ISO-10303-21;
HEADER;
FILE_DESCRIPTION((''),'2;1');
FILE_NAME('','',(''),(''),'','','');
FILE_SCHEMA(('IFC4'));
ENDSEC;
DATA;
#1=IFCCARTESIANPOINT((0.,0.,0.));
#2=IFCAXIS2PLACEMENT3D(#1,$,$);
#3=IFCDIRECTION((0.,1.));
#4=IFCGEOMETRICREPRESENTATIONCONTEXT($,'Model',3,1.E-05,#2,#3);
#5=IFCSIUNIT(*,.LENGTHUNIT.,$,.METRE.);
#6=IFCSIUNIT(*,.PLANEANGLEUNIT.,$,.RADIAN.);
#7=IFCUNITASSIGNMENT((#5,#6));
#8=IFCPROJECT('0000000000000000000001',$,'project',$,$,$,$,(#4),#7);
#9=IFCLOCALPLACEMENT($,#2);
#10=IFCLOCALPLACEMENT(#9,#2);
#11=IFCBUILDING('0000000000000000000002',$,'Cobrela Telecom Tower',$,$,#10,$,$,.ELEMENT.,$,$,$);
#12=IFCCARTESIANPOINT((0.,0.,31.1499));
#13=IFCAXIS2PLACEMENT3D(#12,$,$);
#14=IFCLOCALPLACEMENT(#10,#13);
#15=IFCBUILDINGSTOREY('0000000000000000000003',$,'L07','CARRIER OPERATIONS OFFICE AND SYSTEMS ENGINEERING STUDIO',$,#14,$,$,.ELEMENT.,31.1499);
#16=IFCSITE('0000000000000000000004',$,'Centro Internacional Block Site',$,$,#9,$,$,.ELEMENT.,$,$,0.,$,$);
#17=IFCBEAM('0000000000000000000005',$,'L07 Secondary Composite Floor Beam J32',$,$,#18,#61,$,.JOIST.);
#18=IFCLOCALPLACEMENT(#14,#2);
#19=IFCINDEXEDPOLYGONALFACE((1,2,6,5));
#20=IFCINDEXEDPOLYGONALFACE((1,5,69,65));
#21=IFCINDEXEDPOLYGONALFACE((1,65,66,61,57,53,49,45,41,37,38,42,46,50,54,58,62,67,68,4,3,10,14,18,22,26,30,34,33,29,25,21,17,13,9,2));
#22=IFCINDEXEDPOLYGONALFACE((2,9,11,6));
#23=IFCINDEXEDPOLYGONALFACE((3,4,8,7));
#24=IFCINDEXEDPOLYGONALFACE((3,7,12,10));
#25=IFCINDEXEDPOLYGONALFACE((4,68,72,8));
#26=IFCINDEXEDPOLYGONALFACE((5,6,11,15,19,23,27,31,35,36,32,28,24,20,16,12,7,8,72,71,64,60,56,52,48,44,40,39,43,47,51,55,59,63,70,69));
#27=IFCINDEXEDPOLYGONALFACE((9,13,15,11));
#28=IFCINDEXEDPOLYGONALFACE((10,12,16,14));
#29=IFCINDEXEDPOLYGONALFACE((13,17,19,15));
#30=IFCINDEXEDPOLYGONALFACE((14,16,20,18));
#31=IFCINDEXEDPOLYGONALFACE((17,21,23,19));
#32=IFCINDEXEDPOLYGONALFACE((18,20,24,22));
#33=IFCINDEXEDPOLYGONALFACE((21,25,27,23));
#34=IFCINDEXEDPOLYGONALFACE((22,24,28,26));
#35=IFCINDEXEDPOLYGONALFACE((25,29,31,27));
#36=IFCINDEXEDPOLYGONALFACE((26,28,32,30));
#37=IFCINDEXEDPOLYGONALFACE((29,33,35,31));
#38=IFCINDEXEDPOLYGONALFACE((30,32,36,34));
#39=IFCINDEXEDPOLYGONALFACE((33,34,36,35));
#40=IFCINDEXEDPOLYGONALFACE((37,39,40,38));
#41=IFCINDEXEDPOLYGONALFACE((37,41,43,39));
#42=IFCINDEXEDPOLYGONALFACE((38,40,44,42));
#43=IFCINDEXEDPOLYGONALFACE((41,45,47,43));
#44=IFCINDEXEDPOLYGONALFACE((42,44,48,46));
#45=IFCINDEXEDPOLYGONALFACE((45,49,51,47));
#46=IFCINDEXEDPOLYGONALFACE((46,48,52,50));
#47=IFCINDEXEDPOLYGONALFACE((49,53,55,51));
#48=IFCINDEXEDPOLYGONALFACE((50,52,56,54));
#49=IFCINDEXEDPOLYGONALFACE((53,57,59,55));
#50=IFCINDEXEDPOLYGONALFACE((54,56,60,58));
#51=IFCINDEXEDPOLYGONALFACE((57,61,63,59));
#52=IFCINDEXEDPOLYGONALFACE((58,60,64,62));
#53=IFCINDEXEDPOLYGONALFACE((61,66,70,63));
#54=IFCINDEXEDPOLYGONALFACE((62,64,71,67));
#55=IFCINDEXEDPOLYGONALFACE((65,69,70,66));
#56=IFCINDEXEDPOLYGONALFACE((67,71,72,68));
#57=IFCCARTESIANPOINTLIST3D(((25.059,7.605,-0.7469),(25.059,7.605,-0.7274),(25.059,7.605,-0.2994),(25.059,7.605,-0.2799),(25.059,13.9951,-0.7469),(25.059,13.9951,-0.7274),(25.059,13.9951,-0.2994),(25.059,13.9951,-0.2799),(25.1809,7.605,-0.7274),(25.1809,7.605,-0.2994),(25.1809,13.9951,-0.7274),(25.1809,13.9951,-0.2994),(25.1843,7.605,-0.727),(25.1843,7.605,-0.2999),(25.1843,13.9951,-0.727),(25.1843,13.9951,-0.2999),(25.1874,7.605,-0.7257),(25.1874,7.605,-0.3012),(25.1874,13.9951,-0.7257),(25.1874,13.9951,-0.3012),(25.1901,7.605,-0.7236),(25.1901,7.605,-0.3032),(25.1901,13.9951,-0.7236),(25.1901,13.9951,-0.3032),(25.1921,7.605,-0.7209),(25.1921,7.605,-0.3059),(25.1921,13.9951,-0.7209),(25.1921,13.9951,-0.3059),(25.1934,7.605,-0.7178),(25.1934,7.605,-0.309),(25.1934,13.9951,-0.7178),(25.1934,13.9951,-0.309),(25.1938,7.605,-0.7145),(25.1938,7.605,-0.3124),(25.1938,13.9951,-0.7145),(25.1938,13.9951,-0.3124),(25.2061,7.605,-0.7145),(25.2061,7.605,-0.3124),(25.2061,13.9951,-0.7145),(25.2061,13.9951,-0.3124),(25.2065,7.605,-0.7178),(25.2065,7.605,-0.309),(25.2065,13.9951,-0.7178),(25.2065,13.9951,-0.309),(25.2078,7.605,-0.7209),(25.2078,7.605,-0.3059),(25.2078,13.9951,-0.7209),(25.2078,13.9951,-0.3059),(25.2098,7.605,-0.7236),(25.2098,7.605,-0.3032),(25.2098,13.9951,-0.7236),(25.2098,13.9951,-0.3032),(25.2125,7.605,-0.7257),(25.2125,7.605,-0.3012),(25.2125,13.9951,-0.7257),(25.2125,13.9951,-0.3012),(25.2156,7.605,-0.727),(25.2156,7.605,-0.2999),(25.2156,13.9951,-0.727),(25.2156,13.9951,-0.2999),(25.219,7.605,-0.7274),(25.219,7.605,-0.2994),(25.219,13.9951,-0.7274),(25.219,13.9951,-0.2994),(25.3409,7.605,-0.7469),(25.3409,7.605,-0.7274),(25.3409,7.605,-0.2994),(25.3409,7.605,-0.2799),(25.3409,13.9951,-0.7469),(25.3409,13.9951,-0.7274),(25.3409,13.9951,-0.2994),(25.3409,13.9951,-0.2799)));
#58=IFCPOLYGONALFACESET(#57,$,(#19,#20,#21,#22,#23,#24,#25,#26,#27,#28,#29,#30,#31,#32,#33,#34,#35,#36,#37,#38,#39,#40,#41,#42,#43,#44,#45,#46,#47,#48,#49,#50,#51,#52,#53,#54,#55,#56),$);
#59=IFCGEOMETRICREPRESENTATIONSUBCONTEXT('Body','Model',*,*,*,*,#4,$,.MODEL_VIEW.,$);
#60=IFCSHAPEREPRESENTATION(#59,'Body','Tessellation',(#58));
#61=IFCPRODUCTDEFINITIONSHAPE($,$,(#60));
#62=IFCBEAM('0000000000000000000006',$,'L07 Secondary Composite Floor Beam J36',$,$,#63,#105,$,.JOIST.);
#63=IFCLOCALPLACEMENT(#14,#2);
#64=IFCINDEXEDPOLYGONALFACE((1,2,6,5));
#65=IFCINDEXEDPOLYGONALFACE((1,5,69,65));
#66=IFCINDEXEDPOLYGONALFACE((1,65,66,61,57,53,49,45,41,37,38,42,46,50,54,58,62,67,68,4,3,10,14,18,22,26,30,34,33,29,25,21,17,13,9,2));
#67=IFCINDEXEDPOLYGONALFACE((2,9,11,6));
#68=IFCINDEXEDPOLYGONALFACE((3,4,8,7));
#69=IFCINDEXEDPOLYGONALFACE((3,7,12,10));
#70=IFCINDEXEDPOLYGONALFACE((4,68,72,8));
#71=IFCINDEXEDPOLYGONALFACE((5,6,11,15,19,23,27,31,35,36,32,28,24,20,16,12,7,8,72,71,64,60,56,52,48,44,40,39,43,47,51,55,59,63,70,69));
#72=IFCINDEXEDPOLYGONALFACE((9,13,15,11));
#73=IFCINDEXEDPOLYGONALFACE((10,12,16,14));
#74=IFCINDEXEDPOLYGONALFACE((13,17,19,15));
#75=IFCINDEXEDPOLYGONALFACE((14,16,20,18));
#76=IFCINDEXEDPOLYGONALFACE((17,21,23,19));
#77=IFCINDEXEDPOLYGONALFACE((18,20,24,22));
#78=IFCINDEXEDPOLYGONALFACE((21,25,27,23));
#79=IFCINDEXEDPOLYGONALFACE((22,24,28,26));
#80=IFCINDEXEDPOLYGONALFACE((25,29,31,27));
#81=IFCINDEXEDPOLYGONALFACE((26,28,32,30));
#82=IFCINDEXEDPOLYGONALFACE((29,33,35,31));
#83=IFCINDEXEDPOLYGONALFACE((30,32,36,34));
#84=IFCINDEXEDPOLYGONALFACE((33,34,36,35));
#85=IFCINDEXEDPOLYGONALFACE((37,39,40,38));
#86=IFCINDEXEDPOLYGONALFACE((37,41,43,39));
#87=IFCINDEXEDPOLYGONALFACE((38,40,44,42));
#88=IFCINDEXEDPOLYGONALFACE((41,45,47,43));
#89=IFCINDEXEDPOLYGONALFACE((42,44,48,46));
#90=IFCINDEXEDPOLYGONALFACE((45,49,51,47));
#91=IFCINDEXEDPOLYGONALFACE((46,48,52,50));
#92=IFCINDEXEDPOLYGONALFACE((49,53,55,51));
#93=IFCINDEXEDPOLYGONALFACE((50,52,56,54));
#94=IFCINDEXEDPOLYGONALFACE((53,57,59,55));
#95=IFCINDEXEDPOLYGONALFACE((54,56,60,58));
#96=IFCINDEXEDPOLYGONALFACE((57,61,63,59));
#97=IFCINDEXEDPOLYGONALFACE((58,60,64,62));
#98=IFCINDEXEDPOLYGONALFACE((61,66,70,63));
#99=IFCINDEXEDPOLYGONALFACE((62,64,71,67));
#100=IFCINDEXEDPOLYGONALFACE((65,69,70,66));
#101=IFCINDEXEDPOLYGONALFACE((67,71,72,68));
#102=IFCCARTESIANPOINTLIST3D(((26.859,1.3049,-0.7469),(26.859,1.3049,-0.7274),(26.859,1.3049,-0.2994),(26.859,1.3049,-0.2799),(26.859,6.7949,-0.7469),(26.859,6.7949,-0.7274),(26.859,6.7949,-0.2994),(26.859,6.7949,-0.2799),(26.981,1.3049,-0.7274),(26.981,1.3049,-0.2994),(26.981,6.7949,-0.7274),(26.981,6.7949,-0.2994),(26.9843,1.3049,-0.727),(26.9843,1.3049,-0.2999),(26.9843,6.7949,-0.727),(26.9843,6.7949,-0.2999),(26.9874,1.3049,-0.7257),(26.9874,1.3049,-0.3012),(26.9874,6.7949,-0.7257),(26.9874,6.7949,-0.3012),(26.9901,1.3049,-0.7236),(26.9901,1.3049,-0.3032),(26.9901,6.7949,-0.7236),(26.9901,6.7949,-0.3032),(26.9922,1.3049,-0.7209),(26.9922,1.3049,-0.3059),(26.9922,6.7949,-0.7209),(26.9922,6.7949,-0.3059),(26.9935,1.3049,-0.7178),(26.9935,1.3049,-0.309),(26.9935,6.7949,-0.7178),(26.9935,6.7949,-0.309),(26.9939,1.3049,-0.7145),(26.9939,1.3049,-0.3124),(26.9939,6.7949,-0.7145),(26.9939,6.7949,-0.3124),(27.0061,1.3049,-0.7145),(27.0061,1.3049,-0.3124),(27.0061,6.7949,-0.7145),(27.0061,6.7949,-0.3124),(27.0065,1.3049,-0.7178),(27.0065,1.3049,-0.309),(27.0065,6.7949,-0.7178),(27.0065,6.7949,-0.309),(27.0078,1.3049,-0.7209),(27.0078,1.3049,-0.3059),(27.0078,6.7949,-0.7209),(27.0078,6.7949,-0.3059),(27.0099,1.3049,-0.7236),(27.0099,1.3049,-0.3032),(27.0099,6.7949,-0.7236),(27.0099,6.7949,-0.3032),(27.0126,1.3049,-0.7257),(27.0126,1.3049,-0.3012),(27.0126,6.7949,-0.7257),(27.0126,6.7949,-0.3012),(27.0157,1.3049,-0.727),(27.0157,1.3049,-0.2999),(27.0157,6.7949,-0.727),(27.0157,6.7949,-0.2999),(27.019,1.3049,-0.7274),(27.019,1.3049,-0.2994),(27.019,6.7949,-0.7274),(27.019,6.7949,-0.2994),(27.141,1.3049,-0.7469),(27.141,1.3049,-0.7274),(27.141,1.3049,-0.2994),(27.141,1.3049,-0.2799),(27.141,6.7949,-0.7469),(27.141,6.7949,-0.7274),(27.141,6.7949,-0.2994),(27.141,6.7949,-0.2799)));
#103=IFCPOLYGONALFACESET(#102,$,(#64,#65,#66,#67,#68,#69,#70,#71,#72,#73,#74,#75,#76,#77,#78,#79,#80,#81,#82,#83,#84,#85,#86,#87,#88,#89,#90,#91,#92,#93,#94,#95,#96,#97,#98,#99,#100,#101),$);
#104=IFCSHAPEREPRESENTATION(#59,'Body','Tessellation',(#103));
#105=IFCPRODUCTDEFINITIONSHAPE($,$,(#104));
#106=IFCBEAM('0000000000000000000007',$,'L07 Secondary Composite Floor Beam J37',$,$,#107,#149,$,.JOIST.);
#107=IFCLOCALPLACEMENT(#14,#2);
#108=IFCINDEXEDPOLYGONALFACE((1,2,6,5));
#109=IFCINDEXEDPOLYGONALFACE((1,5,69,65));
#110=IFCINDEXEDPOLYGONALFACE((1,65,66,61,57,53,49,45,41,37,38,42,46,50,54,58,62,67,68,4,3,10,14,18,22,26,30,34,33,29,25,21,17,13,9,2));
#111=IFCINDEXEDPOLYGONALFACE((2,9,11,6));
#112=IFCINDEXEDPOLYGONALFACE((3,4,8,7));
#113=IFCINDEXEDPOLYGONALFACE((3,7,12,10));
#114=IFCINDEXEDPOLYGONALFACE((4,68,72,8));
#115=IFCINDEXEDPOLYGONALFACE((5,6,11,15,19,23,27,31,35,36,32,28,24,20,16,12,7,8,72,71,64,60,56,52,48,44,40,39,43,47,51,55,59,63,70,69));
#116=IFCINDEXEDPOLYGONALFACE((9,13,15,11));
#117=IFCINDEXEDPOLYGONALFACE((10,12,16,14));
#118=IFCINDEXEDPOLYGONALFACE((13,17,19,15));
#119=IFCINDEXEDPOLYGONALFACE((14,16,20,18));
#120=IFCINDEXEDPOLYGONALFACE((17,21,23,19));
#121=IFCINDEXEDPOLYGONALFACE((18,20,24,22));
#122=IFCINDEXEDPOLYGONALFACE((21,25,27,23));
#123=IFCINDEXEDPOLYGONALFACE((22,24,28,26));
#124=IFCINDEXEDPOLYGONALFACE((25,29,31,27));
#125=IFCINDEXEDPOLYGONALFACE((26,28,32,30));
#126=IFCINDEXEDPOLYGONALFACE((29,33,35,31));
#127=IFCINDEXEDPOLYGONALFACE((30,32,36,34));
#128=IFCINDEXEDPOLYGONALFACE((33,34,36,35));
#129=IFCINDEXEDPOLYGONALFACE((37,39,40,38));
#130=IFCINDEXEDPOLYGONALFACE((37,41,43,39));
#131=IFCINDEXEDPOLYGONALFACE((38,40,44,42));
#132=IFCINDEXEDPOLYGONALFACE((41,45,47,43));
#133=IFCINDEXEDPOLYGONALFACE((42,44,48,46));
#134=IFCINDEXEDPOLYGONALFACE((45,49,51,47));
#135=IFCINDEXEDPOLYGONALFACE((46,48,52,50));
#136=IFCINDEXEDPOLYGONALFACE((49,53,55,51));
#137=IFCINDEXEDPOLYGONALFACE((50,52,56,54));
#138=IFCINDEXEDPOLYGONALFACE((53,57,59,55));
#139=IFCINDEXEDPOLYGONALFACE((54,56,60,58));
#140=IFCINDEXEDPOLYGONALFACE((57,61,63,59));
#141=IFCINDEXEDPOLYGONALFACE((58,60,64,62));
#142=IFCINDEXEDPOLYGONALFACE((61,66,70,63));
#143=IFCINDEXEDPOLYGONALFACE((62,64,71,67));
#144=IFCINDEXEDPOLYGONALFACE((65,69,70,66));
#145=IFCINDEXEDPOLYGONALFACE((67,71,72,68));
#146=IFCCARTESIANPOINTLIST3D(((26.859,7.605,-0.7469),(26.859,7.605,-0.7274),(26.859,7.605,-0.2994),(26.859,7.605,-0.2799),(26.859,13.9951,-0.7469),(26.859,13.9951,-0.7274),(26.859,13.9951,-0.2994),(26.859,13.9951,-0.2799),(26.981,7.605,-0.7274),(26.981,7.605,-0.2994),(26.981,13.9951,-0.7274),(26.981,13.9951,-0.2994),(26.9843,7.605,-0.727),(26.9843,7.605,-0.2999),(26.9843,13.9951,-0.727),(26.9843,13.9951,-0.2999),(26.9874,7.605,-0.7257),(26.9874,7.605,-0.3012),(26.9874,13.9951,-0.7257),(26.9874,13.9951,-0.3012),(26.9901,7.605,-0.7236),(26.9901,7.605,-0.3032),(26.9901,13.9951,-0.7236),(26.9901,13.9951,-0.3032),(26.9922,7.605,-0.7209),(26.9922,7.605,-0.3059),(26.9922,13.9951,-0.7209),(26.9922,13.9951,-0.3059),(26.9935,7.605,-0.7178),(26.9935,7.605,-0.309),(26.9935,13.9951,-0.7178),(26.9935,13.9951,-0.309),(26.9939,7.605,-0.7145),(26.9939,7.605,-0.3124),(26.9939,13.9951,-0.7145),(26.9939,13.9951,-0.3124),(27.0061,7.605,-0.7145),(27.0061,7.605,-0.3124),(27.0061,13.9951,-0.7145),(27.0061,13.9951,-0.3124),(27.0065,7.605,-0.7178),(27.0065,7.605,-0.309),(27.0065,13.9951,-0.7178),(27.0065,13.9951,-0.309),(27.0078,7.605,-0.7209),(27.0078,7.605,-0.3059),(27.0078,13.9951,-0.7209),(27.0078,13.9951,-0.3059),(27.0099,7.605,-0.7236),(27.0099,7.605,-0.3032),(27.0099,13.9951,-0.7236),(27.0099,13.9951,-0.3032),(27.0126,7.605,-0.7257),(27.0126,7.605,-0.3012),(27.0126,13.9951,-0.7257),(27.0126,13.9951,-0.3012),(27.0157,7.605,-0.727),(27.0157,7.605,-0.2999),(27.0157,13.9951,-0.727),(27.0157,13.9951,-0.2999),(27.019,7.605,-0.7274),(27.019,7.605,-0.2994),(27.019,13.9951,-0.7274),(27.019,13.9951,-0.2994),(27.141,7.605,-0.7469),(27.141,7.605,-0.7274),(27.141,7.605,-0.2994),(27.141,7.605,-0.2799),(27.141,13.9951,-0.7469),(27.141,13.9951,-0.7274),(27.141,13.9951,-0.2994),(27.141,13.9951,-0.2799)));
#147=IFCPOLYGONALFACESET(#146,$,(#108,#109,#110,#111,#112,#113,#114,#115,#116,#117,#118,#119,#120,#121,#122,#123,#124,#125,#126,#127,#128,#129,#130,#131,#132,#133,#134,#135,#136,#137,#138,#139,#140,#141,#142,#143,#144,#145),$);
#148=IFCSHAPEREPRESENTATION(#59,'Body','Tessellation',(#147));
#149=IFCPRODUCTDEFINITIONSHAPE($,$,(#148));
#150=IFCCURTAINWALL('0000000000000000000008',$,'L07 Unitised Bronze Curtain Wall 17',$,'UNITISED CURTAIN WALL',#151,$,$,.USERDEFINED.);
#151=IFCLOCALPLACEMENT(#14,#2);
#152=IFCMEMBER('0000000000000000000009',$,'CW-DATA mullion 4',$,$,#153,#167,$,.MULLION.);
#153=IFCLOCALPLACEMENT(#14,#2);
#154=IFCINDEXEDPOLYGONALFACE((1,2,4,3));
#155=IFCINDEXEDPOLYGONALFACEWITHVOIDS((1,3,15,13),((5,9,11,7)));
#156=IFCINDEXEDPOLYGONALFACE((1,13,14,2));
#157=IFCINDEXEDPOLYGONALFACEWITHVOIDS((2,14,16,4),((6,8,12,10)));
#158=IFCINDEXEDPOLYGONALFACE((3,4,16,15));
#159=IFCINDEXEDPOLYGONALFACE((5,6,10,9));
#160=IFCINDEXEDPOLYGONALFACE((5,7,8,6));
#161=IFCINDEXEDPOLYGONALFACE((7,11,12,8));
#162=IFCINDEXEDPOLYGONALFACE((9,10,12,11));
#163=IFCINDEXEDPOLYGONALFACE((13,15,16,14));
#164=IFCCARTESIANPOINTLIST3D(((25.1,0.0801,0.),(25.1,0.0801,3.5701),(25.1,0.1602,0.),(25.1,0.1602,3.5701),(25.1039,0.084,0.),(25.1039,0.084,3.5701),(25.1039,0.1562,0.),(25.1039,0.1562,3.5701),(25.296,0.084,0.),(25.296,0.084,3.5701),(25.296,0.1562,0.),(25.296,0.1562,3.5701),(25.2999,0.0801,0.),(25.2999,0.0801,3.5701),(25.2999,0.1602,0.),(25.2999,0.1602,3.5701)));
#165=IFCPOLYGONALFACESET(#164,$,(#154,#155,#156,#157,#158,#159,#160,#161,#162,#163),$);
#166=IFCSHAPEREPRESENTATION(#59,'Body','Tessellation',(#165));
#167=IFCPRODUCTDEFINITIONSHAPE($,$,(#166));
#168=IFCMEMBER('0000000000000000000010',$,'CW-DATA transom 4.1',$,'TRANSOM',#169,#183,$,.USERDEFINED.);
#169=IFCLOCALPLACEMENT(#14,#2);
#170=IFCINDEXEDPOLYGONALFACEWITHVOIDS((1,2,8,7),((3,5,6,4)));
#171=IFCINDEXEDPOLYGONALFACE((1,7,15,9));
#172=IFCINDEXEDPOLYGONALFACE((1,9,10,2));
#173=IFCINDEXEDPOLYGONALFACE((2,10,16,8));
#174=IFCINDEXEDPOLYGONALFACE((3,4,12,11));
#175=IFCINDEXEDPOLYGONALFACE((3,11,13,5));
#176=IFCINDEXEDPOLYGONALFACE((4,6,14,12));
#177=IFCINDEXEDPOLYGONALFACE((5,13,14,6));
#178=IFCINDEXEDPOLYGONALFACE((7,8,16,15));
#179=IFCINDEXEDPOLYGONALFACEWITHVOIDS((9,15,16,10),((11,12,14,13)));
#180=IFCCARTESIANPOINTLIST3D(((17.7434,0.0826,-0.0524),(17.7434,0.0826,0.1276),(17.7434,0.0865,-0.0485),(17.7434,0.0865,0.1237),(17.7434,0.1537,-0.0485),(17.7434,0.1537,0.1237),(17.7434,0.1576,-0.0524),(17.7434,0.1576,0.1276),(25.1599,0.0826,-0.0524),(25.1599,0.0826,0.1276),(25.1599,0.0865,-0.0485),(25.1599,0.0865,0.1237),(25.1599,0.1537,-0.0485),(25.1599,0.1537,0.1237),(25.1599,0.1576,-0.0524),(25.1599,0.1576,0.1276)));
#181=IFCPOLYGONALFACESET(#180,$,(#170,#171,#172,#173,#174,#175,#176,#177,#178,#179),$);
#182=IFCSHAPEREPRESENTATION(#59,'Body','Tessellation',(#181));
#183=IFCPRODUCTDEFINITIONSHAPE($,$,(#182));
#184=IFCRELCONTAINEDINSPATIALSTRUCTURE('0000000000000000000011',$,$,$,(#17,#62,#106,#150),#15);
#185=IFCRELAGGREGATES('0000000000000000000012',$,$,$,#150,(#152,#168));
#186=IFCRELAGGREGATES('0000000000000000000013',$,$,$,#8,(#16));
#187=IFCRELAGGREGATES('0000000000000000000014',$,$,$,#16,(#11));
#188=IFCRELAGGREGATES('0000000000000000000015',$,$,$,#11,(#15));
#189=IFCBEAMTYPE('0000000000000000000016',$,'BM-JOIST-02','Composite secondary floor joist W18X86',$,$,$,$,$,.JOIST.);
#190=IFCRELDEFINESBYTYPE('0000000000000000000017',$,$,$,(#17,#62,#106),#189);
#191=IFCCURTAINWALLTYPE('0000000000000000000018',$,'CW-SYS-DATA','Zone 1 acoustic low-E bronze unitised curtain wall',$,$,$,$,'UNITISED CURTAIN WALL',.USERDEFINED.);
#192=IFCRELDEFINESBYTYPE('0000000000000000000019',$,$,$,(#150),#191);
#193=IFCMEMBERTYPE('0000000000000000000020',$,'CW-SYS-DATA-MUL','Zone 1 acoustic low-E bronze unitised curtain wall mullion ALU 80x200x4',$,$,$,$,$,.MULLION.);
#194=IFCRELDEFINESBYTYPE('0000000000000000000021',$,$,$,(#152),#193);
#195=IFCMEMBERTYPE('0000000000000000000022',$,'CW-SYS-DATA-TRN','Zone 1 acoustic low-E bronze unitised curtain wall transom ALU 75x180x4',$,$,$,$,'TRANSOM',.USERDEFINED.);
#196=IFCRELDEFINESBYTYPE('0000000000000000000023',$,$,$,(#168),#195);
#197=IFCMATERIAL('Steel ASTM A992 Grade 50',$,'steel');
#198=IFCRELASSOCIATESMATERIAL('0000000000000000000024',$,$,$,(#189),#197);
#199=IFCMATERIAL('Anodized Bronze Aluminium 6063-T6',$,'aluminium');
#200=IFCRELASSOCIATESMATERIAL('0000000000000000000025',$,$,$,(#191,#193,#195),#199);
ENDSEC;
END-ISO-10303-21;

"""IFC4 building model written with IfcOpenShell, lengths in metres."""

from ifc_helpers import new_model, si_unit, direction, frame, origin, origin_2d, place, context, subcontext, project, spatial, hollow_rectangle, i_section, extrude, material, material_profile, profile_set, type_object, element, aggregate, save


model = new_model("IFC4")

# Units and contexts
model_context = context("Model", 3, precision=1e-05, world=origin(), true_north=direction((0.0, 1.0)))
body_context = subcontext(model_context, "Body", "Model", "MODEL_VIEW")
ifc_project = project(units=[si_unit("LENGTHUNIT", "METRE"), si_unit("PLANEANGLEUNIT", "RADIAN")], contexts=[model_context])

# Site, building, storey
site_placement = place(None, origin())
site = spatial("IfcSite", under=ifc_project, at=site_placement, Name="Centro Internacional Block Site", CompositionType="ELEMENT", RefElevation=0.0)
building_placement = place(site_placement, origin())
building = spatial("IfcBuilding", under=site, at=building_placement, Name="Cobrela Telecom Tower", CompositionType="ELEMENT")
storey_placement = place(building_placement, frame((0.0, 0.0, 31.1499)))
storey = spatial("IfcBuildingStorey", under=building, at=storey_placement, Name="L07", Description="CARRIER OPERATIONS OFFICE AND SYSTEMS ENGINEERING STUDIO", CompositionType="ELEMENT", Elevation=31.1499)

# Shared definitions
ifc_material_1 = material(Name="Steel ASTM A992 Grade 50", Category="steel")

# Beams
ifc_material_profile_1 = material_profile(ifc_material_1, i_section(OverallWidth=0.282, OverallDepth=0.467, WebThickness=0.0122, FlangeThickness=0.0195, FilletRadius=0.0129, at=origin_2d()), Name="W18X86")
ifc_profile_set_1 = profile_set([ifc_material_profile_1], Name="Steel ASTM A992 Grade 50")
beam_type = type_object("IfcBeamType", Name="BM-JOIST-02", Description="Composite secondary floor joist W18X86", PredefinedType="JOIST", material=ifc_profile_set_1)
beam_1_placement = place(storey_placement, frame((25.2, 7.605, -0.5134), z_axis=(0.0, 1.0, 0.0), x_axis=(-1.0, 0.0, 0.0)))
element("IfcBeam", 1, at=beam_1_placement, inside=storey, type_object=beam_type, Name="L07 Secondary Composite Floor Beam J32", PredefinedType="JOIST", context=body_context, shape_type="SweptSolid", body=[
    extrude(i_section(OverallWidth=0.282, OverallDepth=0.467, WebThickness=0.0122, FlangeThickness=0.0195, FilletRadius=0.0129, at=origin_2d()), origin(), (0.0, 0.0, 1.0), 6.3901),
])
beam_2_placement = place(storey_placement, frame((27.0, 1.3049, -0.5134), z_axis=(0.0, 1.0, 0.0), x_axis=(-1.0, 0.0, 0.0)))
element("IfcBeam", 2, at=beam_2_placement, inside=storey, type_object=beam_type, Name="L07 Secondary Composite Floor Beam J36", PredefinedType="JOIST", context=body_context, shape_type="SweptSolid", body=[
    extrude(i_section(OverallWidth=0.282, OverallDepth=0.467, WebThickness=0.0122, FlangeThickness=0.0195, FilletRadius=0.0129, at=origin_2d()), origin(), (0.0, 0.0, 1.0), 5.49),
])
beam_3_placement = place(storey_placement, frame((27.0, 7.605, -0.5134), z_axis=(0.0, 1.0, 0.0), x_axis=(-1.0, 0.0, 0.0)))
element("IfcBeam", 3, at=beam_3_placement, inside=storey, type_object=beam_type, Name="L07 Secondary Composite Floor Beam J37", PredefinedType="JOIST", context=body_context, shape_type="SweptSolid", body=[
    extrude(i_section(OverallWidth=0.282, OverallDepth=0.467, WebThickness=0.0122, FlangeThickness=0.0195, FilletRadius=0.0129, at=origin_2d()), origin(), (0.0, 0.0, 1.0), 6.3901),
])

# Curtain wall, members
ifc_material_2 = material(Name="Anodized Bronze Aluminium 6063-T6", Category="aluminium")
curtain_wall_type = type_object("IfcCurtainWallType", Name="CW-SYS-DATA", Description="Zone 1 acoustic low-E bronze unitised curtain wall", ElementType="UNITISED CURTAIN WALL", PredefinedType="USERDEFINED", material=ifc_material_2)
curtain_wall_placement = place(storey_placement, origin())
curtain_wall = element("IfcCurtainWall", 4, at=curtain_wall_placement, inside=storey, type_object=curtain_wall_type, Name="L07 Unitised Bronze Curtain Wall 17", ObjectType="UNITISED CURTAIN WALL", PredefinedType="USERDEFINED")
ifc_material_profile_2 = material_profile(ifc_material_2, hollow_rectangle(XDim=0.0801, YDim=0.2, WallThickness=0.0039, at=origin_2d()), Name="ALU 80x200x4")
ifc_profile_set_2 = profile_set([ifc_material_profile_2], Name="Anodized Bronze Aluminium 6063-T6")
member_type_1 = type_object("IfcMemberType", Name="CW-SYS-DATA-MUL", Description="Zone 1 acoustic low-E bronze unitised curtain wall mullion ALU 80x200x4", PredefinedType="MULLION", material=ifc_profile_set_2)
member_1_placement = place(storey_placement, frame((25.2, 0.1201, 0.0), z_axis=(0.0, 0.0, 1.0), x_axis=(0.0, -1.0, 0.0)))
member_1 = element("IfcMember", 5, at=member_1_placement, type_object=member_type_1, Name="CW-DATA mullion 4", PredefinedType="MULLION", context=body_context, shape_type="SweptSolid", body=[
    extrude(hollow_rectangle(XDim=0.0801, YDim=0.2, WallThickness=0.0039, at=origin_2d()), origin(), (0.0, 0.0, 1.0), 3.5701),
])
ifc_material_profile_3 = material_profile(ifc_material_2, hollow_rectangle(XDim=0.075, YDim=0.1799, WallThickness=0.0039, at=origin_2d()), Name="ALU 75x180x4")
ifc_profile_set_3 = profile_set([ifc_material_profile_3], Name="Anodized Bronze Aluminium 6063-T6")
member_type_2 = type_object("IfcMemberType", Name="CW-SYS-DATA-TRN", Description="Zone 1 acoustic low-E bronze unitised curtain wall transom ALU 75x180x4", ElementType="TRANSOM", PredefinedType="USERDEFINED", material=ifc_profile_set_3)
member_2_placement = place(storey_placement, frame((25.1599, 0.1201, 0.0376), z_axis=(-1.0, 0.0, 0.0), x_axis=(0.0, -1.0, 0.0)))
member_2 = element("IfcMember", 6, at=member_2_placement, type_object=member_type_2, Name="CW-DATA transom 4.1", ObjectType="TRANSOM", PredefinedType="USERDEFINED", context=body_context, shape_type="SweptSolid", body=[
    extrude(hollow_rectangle(XDim=0.075, YDim=0.1799, WallThickness=0.0039, at=origin_2d()), origin(), (0.0, 0.0, 1.0), 7.4165),
])
aggregate(curtain_wall, [member_1, member_2])

save(model, "model.ifc")
